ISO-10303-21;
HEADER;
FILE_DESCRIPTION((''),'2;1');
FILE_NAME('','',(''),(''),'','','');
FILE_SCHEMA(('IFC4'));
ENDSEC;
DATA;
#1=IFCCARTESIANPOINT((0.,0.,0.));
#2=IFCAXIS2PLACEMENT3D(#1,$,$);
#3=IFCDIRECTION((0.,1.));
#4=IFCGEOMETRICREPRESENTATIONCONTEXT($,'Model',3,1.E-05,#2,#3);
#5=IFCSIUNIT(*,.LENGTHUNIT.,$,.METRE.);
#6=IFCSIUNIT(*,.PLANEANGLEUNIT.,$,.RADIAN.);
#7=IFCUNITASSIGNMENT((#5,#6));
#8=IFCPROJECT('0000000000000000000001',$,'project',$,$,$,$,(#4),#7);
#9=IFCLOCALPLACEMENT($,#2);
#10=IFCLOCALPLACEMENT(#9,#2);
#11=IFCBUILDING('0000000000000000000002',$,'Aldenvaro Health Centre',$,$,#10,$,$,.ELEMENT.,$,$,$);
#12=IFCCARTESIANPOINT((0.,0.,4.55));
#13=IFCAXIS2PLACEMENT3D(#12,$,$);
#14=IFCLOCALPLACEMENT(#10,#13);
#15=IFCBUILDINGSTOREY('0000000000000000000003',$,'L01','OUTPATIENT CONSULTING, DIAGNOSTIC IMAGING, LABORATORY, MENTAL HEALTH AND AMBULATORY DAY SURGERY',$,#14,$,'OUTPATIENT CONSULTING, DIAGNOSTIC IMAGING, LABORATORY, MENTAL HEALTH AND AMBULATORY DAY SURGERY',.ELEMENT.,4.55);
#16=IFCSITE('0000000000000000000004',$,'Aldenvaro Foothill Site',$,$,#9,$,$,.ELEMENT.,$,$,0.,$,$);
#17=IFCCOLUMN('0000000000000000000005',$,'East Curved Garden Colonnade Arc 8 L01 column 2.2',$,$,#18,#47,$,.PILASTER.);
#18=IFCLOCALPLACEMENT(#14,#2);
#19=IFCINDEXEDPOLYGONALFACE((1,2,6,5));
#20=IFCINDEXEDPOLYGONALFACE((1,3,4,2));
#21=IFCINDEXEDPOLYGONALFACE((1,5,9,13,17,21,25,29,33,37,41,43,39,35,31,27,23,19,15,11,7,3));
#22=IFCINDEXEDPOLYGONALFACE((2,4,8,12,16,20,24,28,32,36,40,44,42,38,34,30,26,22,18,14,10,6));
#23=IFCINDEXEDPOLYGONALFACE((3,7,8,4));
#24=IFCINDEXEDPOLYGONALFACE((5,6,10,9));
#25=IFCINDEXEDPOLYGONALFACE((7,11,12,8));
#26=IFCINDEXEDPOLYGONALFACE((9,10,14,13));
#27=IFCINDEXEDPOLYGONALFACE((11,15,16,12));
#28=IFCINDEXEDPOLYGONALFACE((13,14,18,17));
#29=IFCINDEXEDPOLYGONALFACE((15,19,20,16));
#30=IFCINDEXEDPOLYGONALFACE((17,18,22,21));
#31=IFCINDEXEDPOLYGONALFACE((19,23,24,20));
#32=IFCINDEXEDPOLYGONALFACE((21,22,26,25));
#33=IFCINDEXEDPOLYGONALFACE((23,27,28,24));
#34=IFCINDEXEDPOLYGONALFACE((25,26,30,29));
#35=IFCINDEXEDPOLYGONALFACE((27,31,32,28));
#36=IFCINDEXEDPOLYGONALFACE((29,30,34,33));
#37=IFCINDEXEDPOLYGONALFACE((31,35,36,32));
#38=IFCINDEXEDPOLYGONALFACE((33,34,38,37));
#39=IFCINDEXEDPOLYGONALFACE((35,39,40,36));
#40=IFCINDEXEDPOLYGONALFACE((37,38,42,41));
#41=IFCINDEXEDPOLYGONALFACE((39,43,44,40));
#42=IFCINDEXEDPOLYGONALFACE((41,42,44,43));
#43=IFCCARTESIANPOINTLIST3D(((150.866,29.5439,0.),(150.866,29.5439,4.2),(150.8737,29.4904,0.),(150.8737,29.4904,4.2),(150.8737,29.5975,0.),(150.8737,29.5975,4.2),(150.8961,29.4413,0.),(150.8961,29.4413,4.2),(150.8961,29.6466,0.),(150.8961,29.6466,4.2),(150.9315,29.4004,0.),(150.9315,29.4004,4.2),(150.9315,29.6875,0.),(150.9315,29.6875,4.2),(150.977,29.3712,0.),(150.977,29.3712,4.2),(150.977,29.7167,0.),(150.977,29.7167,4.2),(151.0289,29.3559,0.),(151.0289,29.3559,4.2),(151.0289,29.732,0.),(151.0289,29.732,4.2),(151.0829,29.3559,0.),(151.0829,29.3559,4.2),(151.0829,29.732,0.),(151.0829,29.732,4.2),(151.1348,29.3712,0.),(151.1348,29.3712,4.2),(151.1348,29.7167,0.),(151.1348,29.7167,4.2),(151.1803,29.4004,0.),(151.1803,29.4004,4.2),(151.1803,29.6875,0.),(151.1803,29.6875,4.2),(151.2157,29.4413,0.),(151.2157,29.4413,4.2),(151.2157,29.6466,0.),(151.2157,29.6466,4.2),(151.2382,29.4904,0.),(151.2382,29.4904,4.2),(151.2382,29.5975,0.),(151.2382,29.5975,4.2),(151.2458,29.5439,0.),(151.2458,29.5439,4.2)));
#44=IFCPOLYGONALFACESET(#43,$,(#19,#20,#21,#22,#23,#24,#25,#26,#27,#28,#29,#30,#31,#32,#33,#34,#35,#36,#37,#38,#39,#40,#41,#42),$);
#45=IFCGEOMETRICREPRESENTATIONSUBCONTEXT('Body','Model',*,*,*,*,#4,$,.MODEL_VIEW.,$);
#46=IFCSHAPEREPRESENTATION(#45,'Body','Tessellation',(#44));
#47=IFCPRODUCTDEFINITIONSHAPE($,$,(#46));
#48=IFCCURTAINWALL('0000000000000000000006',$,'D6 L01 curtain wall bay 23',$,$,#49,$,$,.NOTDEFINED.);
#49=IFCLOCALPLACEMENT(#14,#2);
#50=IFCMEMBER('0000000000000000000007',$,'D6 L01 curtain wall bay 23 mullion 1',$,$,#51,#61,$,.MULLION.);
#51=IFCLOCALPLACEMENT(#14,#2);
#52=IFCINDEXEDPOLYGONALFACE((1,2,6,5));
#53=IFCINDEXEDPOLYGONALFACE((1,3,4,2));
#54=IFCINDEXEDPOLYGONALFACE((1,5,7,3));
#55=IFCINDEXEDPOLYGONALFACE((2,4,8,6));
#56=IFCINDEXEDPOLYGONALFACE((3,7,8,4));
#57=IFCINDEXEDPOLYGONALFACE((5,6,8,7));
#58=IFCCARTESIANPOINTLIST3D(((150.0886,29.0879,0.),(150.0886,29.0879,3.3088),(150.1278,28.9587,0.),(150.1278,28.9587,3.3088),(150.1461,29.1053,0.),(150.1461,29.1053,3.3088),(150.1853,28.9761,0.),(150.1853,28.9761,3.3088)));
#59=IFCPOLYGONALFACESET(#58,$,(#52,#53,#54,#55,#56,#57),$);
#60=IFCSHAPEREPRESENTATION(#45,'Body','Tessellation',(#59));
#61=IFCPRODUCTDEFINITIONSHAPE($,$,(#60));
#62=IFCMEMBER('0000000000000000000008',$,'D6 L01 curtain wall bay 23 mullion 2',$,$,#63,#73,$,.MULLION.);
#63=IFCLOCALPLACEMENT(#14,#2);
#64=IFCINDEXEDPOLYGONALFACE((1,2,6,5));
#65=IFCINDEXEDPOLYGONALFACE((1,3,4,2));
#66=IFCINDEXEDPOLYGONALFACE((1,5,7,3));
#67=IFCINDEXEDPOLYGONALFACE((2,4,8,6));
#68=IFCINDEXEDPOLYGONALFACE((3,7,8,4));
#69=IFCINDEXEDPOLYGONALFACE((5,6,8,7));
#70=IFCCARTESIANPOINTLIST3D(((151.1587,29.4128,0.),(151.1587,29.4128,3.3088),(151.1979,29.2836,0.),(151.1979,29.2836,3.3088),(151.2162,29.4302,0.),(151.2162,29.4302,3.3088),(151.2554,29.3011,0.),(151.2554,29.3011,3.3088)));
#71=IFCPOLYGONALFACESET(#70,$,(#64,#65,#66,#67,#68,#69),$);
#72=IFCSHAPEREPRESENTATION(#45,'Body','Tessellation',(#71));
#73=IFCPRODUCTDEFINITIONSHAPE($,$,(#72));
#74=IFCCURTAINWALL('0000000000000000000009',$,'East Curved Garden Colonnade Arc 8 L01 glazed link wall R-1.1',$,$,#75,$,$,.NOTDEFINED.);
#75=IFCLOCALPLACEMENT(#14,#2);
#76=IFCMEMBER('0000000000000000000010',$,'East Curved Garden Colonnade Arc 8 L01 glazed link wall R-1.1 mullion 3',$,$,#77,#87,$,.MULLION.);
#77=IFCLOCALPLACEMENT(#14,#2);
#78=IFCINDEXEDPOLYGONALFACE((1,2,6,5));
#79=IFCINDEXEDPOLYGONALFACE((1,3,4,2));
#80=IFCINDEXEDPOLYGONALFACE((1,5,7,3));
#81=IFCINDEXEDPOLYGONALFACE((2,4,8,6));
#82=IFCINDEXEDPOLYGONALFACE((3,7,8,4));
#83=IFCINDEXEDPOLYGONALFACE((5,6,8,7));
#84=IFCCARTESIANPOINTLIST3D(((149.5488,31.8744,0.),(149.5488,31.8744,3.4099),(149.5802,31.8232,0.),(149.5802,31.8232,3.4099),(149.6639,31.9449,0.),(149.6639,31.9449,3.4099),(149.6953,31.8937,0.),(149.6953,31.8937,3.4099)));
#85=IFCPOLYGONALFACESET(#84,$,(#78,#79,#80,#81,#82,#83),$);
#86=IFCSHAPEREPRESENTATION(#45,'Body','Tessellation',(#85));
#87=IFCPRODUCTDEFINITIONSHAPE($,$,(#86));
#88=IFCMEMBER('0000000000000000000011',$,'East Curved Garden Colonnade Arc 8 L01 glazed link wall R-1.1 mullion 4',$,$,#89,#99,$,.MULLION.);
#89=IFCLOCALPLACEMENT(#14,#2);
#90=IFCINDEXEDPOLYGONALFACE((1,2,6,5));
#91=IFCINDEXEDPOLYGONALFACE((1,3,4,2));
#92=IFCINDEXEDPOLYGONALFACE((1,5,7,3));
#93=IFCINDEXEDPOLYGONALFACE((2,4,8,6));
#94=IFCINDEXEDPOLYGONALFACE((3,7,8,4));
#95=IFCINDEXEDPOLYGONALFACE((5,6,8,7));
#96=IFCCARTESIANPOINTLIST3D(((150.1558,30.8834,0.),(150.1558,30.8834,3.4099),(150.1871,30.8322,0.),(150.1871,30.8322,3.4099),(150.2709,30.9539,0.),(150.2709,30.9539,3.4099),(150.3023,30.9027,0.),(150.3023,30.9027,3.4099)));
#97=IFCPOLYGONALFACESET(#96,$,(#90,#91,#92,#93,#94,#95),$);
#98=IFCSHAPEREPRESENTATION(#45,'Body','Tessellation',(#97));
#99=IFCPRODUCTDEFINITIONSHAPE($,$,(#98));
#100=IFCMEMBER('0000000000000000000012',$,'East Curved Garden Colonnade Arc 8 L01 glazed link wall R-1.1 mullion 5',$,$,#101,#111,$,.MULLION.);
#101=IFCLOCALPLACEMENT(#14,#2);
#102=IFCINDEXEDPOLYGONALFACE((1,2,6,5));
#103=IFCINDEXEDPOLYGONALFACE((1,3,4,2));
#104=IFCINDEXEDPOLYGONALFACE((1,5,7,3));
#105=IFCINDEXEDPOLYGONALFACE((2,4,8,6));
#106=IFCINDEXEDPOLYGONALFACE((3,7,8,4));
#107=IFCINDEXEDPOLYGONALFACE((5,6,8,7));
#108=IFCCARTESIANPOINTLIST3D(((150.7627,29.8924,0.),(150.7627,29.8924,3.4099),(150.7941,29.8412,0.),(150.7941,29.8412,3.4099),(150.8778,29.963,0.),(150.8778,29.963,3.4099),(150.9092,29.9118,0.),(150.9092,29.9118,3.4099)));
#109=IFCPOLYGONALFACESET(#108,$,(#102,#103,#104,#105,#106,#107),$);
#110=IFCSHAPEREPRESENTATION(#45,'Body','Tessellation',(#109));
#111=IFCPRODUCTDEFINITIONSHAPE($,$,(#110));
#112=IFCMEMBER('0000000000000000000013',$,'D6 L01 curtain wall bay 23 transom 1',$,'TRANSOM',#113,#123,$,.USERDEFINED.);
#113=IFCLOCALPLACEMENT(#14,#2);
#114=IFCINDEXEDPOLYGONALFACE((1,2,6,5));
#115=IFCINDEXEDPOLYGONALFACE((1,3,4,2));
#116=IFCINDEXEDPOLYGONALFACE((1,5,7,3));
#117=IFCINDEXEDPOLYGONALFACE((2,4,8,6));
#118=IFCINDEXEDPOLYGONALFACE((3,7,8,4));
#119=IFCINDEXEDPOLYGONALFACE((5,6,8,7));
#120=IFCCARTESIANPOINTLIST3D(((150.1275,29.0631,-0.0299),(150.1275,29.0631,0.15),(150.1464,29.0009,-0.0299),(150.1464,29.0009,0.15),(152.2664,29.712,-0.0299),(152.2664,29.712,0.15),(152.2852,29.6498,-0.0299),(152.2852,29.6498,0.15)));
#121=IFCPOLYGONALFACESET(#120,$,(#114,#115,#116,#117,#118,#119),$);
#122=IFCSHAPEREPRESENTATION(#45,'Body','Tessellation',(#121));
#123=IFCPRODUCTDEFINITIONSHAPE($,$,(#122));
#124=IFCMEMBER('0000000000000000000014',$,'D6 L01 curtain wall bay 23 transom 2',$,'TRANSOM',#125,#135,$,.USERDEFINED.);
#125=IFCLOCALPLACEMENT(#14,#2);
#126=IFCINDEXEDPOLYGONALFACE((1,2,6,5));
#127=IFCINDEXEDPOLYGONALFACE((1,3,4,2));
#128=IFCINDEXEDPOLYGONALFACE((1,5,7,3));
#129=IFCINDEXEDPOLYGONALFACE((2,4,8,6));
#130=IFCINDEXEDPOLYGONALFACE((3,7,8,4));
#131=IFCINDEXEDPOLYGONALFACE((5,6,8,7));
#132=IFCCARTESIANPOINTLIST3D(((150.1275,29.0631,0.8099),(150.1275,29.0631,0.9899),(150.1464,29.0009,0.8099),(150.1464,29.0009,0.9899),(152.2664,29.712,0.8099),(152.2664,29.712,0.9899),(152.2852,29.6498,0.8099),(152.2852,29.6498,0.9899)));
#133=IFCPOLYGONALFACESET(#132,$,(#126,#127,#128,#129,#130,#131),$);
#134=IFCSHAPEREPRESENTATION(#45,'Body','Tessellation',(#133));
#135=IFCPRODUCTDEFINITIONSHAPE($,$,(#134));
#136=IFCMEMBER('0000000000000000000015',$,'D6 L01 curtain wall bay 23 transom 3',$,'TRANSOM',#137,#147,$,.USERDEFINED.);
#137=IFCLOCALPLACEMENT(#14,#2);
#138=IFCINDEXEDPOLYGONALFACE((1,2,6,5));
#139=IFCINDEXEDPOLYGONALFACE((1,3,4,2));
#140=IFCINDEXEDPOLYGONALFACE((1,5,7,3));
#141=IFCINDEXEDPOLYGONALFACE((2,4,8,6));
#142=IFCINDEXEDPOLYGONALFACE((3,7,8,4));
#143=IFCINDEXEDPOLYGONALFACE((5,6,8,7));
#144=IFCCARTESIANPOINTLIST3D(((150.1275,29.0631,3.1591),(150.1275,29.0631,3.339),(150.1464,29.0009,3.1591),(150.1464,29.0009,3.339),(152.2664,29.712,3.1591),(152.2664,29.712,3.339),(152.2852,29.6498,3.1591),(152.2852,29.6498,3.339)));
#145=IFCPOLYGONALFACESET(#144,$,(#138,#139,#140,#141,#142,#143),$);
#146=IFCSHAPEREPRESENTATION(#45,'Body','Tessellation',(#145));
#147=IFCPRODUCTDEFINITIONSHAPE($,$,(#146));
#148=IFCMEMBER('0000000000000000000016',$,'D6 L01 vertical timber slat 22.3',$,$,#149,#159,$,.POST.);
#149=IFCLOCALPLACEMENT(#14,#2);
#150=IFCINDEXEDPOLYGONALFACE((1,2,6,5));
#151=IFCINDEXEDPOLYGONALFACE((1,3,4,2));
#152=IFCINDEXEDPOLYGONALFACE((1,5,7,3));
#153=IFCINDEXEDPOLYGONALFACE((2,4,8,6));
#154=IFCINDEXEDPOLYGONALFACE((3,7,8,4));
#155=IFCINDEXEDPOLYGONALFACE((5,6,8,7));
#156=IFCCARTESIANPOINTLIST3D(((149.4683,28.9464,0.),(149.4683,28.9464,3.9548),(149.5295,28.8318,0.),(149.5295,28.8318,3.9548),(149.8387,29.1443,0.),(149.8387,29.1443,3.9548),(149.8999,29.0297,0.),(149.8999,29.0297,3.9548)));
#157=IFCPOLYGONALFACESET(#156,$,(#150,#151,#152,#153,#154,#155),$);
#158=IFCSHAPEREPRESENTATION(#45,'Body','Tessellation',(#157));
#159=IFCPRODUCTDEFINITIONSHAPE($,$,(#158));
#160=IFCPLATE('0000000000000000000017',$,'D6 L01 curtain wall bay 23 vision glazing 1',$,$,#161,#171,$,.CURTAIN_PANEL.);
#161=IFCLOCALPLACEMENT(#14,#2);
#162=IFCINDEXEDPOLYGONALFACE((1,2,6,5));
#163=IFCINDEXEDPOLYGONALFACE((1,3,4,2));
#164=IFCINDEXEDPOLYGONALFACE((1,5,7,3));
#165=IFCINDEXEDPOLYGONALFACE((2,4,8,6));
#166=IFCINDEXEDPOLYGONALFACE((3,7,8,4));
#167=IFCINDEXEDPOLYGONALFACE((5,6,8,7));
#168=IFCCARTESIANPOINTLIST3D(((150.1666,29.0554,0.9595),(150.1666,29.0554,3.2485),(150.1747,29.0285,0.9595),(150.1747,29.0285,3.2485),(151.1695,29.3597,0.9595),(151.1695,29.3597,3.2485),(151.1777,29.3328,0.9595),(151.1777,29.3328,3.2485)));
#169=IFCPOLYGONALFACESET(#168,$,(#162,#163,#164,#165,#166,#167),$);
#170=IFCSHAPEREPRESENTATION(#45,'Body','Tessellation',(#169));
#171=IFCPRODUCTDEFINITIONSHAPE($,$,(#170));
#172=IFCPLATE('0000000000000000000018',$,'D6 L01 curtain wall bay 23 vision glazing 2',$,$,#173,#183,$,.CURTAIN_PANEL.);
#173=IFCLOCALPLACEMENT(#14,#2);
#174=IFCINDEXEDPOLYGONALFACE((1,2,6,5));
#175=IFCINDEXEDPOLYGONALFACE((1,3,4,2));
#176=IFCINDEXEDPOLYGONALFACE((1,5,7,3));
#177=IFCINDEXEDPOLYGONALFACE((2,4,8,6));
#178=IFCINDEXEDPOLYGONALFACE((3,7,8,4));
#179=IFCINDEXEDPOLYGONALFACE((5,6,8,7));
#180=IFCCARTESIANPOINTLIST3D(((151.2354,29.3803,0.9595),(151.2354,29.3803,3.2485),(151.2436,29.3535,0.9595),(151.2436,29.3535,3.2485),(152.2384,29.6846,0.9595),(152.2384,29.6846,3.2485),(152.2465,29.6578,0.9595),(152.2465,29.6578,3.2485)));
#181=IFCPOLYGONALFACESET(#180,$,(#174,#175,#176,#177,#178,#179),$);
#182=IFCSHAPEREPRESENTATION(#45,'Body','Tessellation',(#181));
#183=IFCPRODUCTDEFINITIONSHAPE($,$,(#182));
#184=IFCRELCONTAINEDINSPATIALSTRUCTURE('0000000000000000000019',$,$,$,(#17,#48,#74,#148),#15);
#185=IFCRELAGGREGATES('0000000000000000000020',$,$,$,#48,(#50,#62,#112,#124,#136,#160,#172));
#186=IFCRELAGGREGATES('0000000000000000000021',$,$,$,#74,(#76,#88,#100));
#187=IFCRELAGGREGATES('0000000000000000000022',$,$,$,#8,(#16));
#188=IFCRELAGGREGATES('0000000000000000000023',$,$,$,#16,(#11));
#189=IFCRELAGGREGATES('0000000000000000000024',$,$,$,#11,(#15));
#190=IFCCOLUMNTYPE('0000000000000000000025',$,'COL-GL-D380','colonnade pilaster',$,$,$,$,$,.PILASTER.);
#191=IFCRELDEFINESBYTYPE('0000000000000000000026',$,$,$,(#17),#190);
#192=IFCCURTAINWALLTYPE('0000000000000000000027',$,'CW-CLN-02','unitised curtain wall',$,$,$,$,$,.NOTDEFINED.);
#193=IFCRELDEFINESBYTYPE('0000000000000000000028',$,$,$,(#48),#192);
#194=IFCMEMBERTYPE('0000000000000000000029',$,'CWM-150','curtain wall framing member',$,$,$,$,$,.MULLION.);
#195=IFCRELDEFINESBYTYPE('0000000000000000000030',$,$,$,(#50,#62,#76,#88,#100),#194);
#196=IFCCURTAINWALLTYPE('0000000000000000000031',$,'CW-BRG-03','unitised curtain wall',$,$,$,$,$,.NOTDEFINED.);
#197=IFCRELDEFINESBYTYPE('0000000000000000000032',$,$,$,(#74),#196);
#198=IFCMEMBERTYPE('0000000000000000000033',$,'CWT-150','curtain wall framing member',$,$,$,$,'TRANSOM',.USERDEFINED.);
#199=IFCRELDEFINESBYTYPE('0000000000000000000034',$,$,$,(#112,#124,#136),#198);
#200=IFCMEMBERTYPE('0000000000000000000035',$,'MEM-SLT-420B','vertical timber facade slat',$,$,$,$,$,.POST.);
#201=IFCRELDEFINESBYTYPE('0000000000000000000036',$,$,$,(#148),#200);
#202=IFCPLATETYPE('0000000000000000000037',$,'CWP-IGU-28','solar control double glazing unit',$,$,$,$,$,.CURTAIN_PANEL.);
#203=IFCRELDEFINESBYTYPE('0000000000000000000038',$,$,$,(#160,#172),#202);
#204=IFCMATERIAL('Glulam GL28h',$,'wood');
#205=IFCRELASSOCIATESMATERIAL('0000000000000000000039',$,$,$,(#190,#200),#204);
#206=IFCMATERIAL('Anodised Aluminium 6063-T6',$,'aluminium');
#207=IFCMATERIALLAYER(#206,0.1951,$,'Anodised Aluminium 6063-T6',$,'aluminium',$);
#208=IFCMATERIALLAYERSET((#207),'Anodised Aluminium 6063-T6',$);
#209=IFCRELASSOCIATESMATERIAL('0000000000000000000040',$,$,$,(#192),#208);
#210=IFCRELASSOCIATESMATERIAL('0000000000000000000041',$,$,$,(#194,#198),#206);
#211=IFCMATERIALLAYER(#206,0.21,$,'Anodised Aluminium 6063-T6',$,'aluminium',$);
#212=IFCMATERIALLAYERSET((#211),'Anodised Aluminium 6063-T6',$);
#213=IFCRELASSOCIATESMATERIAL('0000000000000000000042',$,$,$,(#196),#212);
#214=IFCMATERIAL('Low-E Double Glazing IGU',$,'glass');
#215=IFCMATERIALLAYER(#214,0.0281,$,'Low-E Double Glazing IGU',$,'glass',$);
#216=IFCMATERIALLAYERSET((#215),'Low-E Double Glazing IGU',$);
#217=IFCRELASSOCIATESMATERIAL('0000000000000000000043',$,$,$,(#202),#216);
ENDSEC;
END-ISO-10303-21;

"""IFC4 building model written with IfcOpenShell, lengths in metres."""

from ifc_helpers import new_model, si_unit, direction, frame, origin, origin_2d, place, context, subcontext, project, spatial, rectangle, circle, extrude, material, layer, layer_set, material_profile, profile_set, type_object, element, aggregate, save


model = new_model("IFC4")

# Units and contexts
model_context = context("Model", 3, precision=1e-05, world=origin(), true_north=direction((0.0, 1.0)))
body_context = subcontext(model_context, "Body", "Model", "MODEL_VIEW")
ifc_project = project(units=[si_unit("LENGTHUNIT", "METRE"), si_unit("PLANEANGLEUNIT", "RADIAN")], contexts=[model_context])

# Site, building, storey
site_placement = place(None, origin())
site = spatial("IfcSite", under=ifc_project, at=site_placement, Name="Aldenvaro Foothill Site", CompositionType="ELEMENT", RefElevation=0.0)
building_placement = place(site_placement, origin())
building = spatial("IfcBuilding", under=site, at=building_placement, Name="Aldenvaro Health Centre", CompositionType="ELEMENT")
storey_placement = place(building_placement, frame((0.0, 0.0, 4.55)))
storey = spatial("IfcBuildingStorey", under=building, at=storey_placement, Name="L01", Description="OUTPATIENT CONSULTING, DIAGNOSTIC IMAGING, LABORATORY, MENTAL HEALTH AND AMBULATORY DAY SURGERY", LongName="OUTPATIENT CONSULTING, DIAGNOSTIC IMAGING, LABORATORY, MENTAL HEALTH AND AMBULATORY DAY SURGERY", CompositionType="ELEMENT", Elevation=4.55)

# Column
ifc_material_1 = material(Name="Glulam GL28h", Category="wood")
ifc_material_profile_1 = material_profile(ifc_material_1, circle(Radius=0.1899, at=origin_2d()), Name="GL D380", Category="wood")
ifc_profile_set_1 = profile_set([ifc_material_profile_1], Name="Glulam GL28h")
column_type = type_object("IfcColumnType", Name="COL-GL-D380", Description="colonnade pilaster", PredefinedType="PILASTER", material=ifc_profile_set_1)
column_placement = place(storey_placement, frame((151.0559, 29.5439, 0.0), z_axis=(0.0, 0.0, 1.0), x_axis=(1.0, 0.0, 0.0)))
element("IfcColumn", 1, at=column_placement, inside=storey, type_object=column_type, Name="East Curved Garden Colonnade Arc 8 L01 column 2.2", PredefinedType="PILASTER", context=body_context, shape_type="SweptSolid", body=[
    extrude(circle(Radius=0.1899, at=origin_2d()), origin(), (0.0, 0.0, 1.0), 4.2),
])

# Curtain walls, members
ifc_material_2 = material(Name="Anodised Aluminium 6063-T6", Category="aluminium")
ifc_layer_1 = layer(ifc_material_2, 0.1951, Name="Anodised Aluminium 6063-T6", Category="aluminium")
ifc_layer_set_1 = layer_set([ifc_layer_1], Name="Anodised Aluminium 6063-T6")
curtain_wall_type_1 = type_object("IfcCurtainWallType", Name="CW-CLN-02", Description="unitised curtain wall", PredefinedType="NOTDEFINED", material=ifc_layer_set_1)
curtain_wall_1_placement = place(storey_placement, origin())
curtain_wall_1 = element("IfcCurtainWall", 2, at=curtain_wall_1_placement, inside=storey, type_object=curtain_wall_type_1, Name="D6 L01 curtain wall bay 23", PredefinedType="NOTDEFINED")
ifc_material_profile_2 = material_profile(ifc_material_2, rectangle(XDim=0.0601, YDim=0.135, at=origin_2d()), Name="ALU 60x135", Category="aluminium")
ifc_profile_set_2 = profile_set([ifc_material_profile_2], Name="Anodised Aluminium 6063-T6")
member_type_1 = type_object("IfcMemberType", Name="CWM-150", Description="curtain wall framing member", PredefinedType="MULLION", material=ifc_profile_set_2)
member_1_placement = place(storey_placement, frame((150.137, 29.032, 0.0), z_axis=(0.0, 0.0, 1.0), x_axis=(0.956923, 0.290343, 0.0)))
member_1 = element("IfcMember", 3, at=member_1_placement, type_object=member_type_1, Name="D6 L01 curtain wall bay 23 mullion 1", PredefinedType="MULLION", context=body_context, shape_type="SweptSolid", body=[
    extrude(rectangle(XDim=0.0601, YDim=0.135, at=origin_2d()), origin(), (0.0, 0.0, 1.0), 3.3088),
])
member_2_placement = place(storey_placement, frame((151.207, 29.3569, 0.0), z_axis=(0.0, 0.0, 1.0), x_axis=(0.956923, 0.290343, 0.0)))
member_2 = element("IfcMember", 4, at=member_2_placement, type_object=member_type_1, Name="D6 L01 curtain wall bay 23 mullion 2", PredefinedType="MULLION", context=body_context, shape_type="SweptSolid", body=[
    extrude(rectangle(XDim=0.0601, YDim=0.135, at=origin_2d()), origin(), (0.0, 0.0, 1.0), 3.3088),
])
ifc_layer_2 = layer(ifc_material_2, 0.21, Name="Anodised Aluminium 6063-T6", Category="aluminium")
ifc_layer_set_2 = layer_set([ifc_layer_2], Name="Anodised Aluminium 6063-T6")
curtain_wall_type_2 = type_object("IfcCurtainWallType", Name="CW-BRG-03", Description="unitised curtain wall", PredefinedType="NOTDEFINED", material=ifc_layer_set_2)
curtain_wall_2_placement = place(storey_placement, origin())
curtain_wall_2 = element("IfcCurtainWall", 5, at=curtain_wall_2_placement, inside=storey, type_object=curtain_wall_type_2, Name="East Curved Garden Colonnade Arc 8 L01 glazed link wall R-1.1", PredefinedType="NOTDEFINED")
member_3_placement = place(storey_placement, frame((149.6221, 31.884, 0.0), z_axis=(0.0, 0.0, 1.0), x_axis=(0.522476, -0.852654, 0.0)))
member_3 = element("IfcMember", 6, at=member_3_placement, type_object=member_type_1, Name="East Curved Garden Colonnade Arc 8 L01 glazed link wall R-1.1 mullion 3", PredefinedType="MULLION", context=body_context, shape_type="SweptSolid", body=[
    extrude(rectangle(XDim=0.0601, YDim=0.135, at=origin_2d()), origin(), (0.0, 0.0, 1.0), 3.4099),
])
member_4_placement = place(storey_placement, frame((150.229, 30.8931, 0.0), z_axis=(0.0, 0.0, 1.0), x_axis=(0.522476, -0.852654, 0.0)))
member_4 = element("IfcMember", 7, at=member_4_placement, type_object=member_type_1, Name="East Curved Garden Colonnade Arc 8 L01 glazed link wall R-1.1 mullion 4", PredefinedType="MULLION", context=body_context, shape_type="SweptSolid", body=[
    extrude(rectangle(XDim=0.0601, YDim=0.135, at=origin_2d()), origin(), (0.0, 0.0, 1.0), 3.4099),
])
member_5_placement = place(storey_placement, frame((150.8359, 29.9021, 0.0), z_axis=(0.0, 0.0, 1.0), x_axis=(0.522476, -0.852654, 0.0)))
member_5 = element("IfcMember", 8, at=member_5_placement, type_object=member_type_1, Name="East Curved Garden Colonnade Arc 8 L01 glazed link wall R-1.1 mullion 5", PredefinedType="MULLION", context=body_context, shape_type="SweptSolid", body=[
    extrude(rectangle(XDim=0.0601, YDim=0.135, at=origin_2d()), origin(), (0.0, 0.0, 1.0), 3.4099),
])

# Members
ifc_material_profile_3 = material_profile(ifc_material_2, rectangle(XDim=0.0649, YDim=0.1799, at=origin_2d()), Name="ALU 65x180", Category="aluminium")
ifc_profile_set_3 = profile_set([ifc_material_profile_3], Name="Anodised Aluminium 6063-T6")
member_type_2 = type_object("IfcMemberType", Name="CWT-150", Description="curtain wall framing member", ElementType="TRANSOM", PredefinedType="USERDEFINED", material=ifc_profile_set_3)
member_6_placement = place(storey_placement, frame((150.137, 29.032, 0.0601), z_axis=(0.956929, 0.290323, 0.0), x_axis=(-0.290323, 0.956929, 0.0)))
member_6 = element("IfcMember", 9, at=member_6_placement, type_object=member_type_2, Name="D6 L01 curtain wall bay 23 transom 1", ObjectType="TRANSOM", PredefinedType="USERDEFINED", context=body_context, shape_type="SweptSolid", body=[
    extrude(rectangle(XDim=0.0649, YDim=0.1799, at=origin_2d()), origin(), (0.0, 0.0, 1.0), 2.2351),
])
member_7_placement = place(storey_placement, frame((150.137, 29.032, 0.8999), z_axis=(0.956929, 0.290323, 0.0), x_axis=(-0.290323, 0.956929, 0.0)))
member_7 = element("IfcMember", 10, at=member_7_placement, type_object=member_type_2, Name="D6 L01 curtain wall bay 23 transom 2", ObjectType="TRANSOM", PredefinedType="USERDEFINED", context=body_context, shape_type="SweptSolid", body=[
    extrude(rectangle(XDim=0.0649, YDim=0.1799, at=origin_2d()), origin(), (0.0, 0.0, 1.0), 2.2351),
])
member_8_placement = place(storey_placement, frame((150.137, 29.032, 3.249), z_axis=(0.956929, 0.290323, 0.0), x_axis=(-0.290323, 0.956929, 0.0)))
member_8 = element("IfcMember", 11, at=member_8_placement, type_object=member_type_2, Name="D6 L01 curtain wall bay 23 transom 3", ObjectType="TRANSOM", PredefinedType="USERDEFINED", context=body_context, shape_type="SweptSolid", body=[
    extrude(rectangle(XDim=0.0649, YDim=0.1799, at=origin_2d()), origin(), (0.0, 0.0, 1.0), 2.2351),
])
ifc_material_profile_4 = material_profile(ifc_material_1, rectangle(XDim=0.1299, YDim=0.4199, at=origin_2d()), Name="GL 130x420", Category="wood")
ifc_profile_set_4 = profile_set([ifc_material_profile_4], Name="Glulam GL28h")
member_type_3 = type_object("IfcMemberType", Name="MEM-SLT-420B", Description="vertical timber facade slat", PredefinedType="POST", material=ifc_profile_set_4)
member_9_placement = place(storey_placement, frame((149.6841, 28.988, 0.0), z_axis=(0.0, 0.0, 1.0), x_axis=(-0.471215, 0.882018, 0.0)))
element("IfcMember", 12, at=member_9_placement, inside=storey, type_object=member_type_3, Name="D6 L01 vertical timber slat 22.3", PredefinedType="POST", context=body_context, shape_type="SweptSolid", body=[
    extrude(rectangle(XDim=0.1299, YDim=0.4199, at=origin_2d()), origin(), (0.0, 0.0, 1.0), 3.9548),
])

# Plates
ifc_material_3 = material(Name="Low-E Double Glazing IGU", Category="glass")
ifc_layer_3 = layer(ifc_material_3, 0.0281, Name="Low-E Double Glazing IGU", Category="glass")
ifc_layer_set_3 = layer_set([ifc_layer_3], Name="Low-E Double Glazing IGU")
plate_type_1 = type_object("IfcPlateType", Name="CWP-IGU-28", Description="solar control double glazing unit", PredefinedType="CURTAIN_PANEL", material=ifc_layer_set_3)
plate_1_placement = place(storey_placement, frame((150.6721, 29.1941, 0.9595), z_axis=(0.0, 0.0, 1.0), x_axis=(0.956923, 0.290343, 0.0)))
plate_1 = element("IfcPlate", 13, at=plate_1_placement, type_object=plate_type_1, Name="D6 L01 curtain wall bay 23 vision glazing 1", PredefinedType="CURTAIN_PANEL", context=body_context, shape_type="SweptSolid", body=[
    extrude(rectangle(XDim=1.0481, YDim=0.0281, at=origin_2d()), origin(), (0.0, 0.0, 1.0), 2.2891),
])
plate_2_placement = place(storey_placement, frame((151.741, 29.519, 0.9595), z_axis=(0.0, 0.0, 1.0), x_axis=(0.956923, 0.290343, 0.0)))
plate_2 = element("IfcPlate", 14, at=plate_2_placement, type_object=plate_type_1, Name="D6 L01 curtain wall bay 23 vision glazing 2", PredefinedType="CURTAIN_PANEL", context=body_context, shape_type="SweptSolid", body=[
    extrude(rectangle(XDim=1.0481, YDim=0.0281, at=origin_2d()), origin(), (0.0, 0.0, 1.0), 2.2891),
])
aggregate(curtain_wall_1, [member_1, member_2, member_6, member_7, member_8, plate_1, plate_2])
aggregate(curtain_wall_2, [member_3, member_4, member_5])

save(model, "model.ifc")
